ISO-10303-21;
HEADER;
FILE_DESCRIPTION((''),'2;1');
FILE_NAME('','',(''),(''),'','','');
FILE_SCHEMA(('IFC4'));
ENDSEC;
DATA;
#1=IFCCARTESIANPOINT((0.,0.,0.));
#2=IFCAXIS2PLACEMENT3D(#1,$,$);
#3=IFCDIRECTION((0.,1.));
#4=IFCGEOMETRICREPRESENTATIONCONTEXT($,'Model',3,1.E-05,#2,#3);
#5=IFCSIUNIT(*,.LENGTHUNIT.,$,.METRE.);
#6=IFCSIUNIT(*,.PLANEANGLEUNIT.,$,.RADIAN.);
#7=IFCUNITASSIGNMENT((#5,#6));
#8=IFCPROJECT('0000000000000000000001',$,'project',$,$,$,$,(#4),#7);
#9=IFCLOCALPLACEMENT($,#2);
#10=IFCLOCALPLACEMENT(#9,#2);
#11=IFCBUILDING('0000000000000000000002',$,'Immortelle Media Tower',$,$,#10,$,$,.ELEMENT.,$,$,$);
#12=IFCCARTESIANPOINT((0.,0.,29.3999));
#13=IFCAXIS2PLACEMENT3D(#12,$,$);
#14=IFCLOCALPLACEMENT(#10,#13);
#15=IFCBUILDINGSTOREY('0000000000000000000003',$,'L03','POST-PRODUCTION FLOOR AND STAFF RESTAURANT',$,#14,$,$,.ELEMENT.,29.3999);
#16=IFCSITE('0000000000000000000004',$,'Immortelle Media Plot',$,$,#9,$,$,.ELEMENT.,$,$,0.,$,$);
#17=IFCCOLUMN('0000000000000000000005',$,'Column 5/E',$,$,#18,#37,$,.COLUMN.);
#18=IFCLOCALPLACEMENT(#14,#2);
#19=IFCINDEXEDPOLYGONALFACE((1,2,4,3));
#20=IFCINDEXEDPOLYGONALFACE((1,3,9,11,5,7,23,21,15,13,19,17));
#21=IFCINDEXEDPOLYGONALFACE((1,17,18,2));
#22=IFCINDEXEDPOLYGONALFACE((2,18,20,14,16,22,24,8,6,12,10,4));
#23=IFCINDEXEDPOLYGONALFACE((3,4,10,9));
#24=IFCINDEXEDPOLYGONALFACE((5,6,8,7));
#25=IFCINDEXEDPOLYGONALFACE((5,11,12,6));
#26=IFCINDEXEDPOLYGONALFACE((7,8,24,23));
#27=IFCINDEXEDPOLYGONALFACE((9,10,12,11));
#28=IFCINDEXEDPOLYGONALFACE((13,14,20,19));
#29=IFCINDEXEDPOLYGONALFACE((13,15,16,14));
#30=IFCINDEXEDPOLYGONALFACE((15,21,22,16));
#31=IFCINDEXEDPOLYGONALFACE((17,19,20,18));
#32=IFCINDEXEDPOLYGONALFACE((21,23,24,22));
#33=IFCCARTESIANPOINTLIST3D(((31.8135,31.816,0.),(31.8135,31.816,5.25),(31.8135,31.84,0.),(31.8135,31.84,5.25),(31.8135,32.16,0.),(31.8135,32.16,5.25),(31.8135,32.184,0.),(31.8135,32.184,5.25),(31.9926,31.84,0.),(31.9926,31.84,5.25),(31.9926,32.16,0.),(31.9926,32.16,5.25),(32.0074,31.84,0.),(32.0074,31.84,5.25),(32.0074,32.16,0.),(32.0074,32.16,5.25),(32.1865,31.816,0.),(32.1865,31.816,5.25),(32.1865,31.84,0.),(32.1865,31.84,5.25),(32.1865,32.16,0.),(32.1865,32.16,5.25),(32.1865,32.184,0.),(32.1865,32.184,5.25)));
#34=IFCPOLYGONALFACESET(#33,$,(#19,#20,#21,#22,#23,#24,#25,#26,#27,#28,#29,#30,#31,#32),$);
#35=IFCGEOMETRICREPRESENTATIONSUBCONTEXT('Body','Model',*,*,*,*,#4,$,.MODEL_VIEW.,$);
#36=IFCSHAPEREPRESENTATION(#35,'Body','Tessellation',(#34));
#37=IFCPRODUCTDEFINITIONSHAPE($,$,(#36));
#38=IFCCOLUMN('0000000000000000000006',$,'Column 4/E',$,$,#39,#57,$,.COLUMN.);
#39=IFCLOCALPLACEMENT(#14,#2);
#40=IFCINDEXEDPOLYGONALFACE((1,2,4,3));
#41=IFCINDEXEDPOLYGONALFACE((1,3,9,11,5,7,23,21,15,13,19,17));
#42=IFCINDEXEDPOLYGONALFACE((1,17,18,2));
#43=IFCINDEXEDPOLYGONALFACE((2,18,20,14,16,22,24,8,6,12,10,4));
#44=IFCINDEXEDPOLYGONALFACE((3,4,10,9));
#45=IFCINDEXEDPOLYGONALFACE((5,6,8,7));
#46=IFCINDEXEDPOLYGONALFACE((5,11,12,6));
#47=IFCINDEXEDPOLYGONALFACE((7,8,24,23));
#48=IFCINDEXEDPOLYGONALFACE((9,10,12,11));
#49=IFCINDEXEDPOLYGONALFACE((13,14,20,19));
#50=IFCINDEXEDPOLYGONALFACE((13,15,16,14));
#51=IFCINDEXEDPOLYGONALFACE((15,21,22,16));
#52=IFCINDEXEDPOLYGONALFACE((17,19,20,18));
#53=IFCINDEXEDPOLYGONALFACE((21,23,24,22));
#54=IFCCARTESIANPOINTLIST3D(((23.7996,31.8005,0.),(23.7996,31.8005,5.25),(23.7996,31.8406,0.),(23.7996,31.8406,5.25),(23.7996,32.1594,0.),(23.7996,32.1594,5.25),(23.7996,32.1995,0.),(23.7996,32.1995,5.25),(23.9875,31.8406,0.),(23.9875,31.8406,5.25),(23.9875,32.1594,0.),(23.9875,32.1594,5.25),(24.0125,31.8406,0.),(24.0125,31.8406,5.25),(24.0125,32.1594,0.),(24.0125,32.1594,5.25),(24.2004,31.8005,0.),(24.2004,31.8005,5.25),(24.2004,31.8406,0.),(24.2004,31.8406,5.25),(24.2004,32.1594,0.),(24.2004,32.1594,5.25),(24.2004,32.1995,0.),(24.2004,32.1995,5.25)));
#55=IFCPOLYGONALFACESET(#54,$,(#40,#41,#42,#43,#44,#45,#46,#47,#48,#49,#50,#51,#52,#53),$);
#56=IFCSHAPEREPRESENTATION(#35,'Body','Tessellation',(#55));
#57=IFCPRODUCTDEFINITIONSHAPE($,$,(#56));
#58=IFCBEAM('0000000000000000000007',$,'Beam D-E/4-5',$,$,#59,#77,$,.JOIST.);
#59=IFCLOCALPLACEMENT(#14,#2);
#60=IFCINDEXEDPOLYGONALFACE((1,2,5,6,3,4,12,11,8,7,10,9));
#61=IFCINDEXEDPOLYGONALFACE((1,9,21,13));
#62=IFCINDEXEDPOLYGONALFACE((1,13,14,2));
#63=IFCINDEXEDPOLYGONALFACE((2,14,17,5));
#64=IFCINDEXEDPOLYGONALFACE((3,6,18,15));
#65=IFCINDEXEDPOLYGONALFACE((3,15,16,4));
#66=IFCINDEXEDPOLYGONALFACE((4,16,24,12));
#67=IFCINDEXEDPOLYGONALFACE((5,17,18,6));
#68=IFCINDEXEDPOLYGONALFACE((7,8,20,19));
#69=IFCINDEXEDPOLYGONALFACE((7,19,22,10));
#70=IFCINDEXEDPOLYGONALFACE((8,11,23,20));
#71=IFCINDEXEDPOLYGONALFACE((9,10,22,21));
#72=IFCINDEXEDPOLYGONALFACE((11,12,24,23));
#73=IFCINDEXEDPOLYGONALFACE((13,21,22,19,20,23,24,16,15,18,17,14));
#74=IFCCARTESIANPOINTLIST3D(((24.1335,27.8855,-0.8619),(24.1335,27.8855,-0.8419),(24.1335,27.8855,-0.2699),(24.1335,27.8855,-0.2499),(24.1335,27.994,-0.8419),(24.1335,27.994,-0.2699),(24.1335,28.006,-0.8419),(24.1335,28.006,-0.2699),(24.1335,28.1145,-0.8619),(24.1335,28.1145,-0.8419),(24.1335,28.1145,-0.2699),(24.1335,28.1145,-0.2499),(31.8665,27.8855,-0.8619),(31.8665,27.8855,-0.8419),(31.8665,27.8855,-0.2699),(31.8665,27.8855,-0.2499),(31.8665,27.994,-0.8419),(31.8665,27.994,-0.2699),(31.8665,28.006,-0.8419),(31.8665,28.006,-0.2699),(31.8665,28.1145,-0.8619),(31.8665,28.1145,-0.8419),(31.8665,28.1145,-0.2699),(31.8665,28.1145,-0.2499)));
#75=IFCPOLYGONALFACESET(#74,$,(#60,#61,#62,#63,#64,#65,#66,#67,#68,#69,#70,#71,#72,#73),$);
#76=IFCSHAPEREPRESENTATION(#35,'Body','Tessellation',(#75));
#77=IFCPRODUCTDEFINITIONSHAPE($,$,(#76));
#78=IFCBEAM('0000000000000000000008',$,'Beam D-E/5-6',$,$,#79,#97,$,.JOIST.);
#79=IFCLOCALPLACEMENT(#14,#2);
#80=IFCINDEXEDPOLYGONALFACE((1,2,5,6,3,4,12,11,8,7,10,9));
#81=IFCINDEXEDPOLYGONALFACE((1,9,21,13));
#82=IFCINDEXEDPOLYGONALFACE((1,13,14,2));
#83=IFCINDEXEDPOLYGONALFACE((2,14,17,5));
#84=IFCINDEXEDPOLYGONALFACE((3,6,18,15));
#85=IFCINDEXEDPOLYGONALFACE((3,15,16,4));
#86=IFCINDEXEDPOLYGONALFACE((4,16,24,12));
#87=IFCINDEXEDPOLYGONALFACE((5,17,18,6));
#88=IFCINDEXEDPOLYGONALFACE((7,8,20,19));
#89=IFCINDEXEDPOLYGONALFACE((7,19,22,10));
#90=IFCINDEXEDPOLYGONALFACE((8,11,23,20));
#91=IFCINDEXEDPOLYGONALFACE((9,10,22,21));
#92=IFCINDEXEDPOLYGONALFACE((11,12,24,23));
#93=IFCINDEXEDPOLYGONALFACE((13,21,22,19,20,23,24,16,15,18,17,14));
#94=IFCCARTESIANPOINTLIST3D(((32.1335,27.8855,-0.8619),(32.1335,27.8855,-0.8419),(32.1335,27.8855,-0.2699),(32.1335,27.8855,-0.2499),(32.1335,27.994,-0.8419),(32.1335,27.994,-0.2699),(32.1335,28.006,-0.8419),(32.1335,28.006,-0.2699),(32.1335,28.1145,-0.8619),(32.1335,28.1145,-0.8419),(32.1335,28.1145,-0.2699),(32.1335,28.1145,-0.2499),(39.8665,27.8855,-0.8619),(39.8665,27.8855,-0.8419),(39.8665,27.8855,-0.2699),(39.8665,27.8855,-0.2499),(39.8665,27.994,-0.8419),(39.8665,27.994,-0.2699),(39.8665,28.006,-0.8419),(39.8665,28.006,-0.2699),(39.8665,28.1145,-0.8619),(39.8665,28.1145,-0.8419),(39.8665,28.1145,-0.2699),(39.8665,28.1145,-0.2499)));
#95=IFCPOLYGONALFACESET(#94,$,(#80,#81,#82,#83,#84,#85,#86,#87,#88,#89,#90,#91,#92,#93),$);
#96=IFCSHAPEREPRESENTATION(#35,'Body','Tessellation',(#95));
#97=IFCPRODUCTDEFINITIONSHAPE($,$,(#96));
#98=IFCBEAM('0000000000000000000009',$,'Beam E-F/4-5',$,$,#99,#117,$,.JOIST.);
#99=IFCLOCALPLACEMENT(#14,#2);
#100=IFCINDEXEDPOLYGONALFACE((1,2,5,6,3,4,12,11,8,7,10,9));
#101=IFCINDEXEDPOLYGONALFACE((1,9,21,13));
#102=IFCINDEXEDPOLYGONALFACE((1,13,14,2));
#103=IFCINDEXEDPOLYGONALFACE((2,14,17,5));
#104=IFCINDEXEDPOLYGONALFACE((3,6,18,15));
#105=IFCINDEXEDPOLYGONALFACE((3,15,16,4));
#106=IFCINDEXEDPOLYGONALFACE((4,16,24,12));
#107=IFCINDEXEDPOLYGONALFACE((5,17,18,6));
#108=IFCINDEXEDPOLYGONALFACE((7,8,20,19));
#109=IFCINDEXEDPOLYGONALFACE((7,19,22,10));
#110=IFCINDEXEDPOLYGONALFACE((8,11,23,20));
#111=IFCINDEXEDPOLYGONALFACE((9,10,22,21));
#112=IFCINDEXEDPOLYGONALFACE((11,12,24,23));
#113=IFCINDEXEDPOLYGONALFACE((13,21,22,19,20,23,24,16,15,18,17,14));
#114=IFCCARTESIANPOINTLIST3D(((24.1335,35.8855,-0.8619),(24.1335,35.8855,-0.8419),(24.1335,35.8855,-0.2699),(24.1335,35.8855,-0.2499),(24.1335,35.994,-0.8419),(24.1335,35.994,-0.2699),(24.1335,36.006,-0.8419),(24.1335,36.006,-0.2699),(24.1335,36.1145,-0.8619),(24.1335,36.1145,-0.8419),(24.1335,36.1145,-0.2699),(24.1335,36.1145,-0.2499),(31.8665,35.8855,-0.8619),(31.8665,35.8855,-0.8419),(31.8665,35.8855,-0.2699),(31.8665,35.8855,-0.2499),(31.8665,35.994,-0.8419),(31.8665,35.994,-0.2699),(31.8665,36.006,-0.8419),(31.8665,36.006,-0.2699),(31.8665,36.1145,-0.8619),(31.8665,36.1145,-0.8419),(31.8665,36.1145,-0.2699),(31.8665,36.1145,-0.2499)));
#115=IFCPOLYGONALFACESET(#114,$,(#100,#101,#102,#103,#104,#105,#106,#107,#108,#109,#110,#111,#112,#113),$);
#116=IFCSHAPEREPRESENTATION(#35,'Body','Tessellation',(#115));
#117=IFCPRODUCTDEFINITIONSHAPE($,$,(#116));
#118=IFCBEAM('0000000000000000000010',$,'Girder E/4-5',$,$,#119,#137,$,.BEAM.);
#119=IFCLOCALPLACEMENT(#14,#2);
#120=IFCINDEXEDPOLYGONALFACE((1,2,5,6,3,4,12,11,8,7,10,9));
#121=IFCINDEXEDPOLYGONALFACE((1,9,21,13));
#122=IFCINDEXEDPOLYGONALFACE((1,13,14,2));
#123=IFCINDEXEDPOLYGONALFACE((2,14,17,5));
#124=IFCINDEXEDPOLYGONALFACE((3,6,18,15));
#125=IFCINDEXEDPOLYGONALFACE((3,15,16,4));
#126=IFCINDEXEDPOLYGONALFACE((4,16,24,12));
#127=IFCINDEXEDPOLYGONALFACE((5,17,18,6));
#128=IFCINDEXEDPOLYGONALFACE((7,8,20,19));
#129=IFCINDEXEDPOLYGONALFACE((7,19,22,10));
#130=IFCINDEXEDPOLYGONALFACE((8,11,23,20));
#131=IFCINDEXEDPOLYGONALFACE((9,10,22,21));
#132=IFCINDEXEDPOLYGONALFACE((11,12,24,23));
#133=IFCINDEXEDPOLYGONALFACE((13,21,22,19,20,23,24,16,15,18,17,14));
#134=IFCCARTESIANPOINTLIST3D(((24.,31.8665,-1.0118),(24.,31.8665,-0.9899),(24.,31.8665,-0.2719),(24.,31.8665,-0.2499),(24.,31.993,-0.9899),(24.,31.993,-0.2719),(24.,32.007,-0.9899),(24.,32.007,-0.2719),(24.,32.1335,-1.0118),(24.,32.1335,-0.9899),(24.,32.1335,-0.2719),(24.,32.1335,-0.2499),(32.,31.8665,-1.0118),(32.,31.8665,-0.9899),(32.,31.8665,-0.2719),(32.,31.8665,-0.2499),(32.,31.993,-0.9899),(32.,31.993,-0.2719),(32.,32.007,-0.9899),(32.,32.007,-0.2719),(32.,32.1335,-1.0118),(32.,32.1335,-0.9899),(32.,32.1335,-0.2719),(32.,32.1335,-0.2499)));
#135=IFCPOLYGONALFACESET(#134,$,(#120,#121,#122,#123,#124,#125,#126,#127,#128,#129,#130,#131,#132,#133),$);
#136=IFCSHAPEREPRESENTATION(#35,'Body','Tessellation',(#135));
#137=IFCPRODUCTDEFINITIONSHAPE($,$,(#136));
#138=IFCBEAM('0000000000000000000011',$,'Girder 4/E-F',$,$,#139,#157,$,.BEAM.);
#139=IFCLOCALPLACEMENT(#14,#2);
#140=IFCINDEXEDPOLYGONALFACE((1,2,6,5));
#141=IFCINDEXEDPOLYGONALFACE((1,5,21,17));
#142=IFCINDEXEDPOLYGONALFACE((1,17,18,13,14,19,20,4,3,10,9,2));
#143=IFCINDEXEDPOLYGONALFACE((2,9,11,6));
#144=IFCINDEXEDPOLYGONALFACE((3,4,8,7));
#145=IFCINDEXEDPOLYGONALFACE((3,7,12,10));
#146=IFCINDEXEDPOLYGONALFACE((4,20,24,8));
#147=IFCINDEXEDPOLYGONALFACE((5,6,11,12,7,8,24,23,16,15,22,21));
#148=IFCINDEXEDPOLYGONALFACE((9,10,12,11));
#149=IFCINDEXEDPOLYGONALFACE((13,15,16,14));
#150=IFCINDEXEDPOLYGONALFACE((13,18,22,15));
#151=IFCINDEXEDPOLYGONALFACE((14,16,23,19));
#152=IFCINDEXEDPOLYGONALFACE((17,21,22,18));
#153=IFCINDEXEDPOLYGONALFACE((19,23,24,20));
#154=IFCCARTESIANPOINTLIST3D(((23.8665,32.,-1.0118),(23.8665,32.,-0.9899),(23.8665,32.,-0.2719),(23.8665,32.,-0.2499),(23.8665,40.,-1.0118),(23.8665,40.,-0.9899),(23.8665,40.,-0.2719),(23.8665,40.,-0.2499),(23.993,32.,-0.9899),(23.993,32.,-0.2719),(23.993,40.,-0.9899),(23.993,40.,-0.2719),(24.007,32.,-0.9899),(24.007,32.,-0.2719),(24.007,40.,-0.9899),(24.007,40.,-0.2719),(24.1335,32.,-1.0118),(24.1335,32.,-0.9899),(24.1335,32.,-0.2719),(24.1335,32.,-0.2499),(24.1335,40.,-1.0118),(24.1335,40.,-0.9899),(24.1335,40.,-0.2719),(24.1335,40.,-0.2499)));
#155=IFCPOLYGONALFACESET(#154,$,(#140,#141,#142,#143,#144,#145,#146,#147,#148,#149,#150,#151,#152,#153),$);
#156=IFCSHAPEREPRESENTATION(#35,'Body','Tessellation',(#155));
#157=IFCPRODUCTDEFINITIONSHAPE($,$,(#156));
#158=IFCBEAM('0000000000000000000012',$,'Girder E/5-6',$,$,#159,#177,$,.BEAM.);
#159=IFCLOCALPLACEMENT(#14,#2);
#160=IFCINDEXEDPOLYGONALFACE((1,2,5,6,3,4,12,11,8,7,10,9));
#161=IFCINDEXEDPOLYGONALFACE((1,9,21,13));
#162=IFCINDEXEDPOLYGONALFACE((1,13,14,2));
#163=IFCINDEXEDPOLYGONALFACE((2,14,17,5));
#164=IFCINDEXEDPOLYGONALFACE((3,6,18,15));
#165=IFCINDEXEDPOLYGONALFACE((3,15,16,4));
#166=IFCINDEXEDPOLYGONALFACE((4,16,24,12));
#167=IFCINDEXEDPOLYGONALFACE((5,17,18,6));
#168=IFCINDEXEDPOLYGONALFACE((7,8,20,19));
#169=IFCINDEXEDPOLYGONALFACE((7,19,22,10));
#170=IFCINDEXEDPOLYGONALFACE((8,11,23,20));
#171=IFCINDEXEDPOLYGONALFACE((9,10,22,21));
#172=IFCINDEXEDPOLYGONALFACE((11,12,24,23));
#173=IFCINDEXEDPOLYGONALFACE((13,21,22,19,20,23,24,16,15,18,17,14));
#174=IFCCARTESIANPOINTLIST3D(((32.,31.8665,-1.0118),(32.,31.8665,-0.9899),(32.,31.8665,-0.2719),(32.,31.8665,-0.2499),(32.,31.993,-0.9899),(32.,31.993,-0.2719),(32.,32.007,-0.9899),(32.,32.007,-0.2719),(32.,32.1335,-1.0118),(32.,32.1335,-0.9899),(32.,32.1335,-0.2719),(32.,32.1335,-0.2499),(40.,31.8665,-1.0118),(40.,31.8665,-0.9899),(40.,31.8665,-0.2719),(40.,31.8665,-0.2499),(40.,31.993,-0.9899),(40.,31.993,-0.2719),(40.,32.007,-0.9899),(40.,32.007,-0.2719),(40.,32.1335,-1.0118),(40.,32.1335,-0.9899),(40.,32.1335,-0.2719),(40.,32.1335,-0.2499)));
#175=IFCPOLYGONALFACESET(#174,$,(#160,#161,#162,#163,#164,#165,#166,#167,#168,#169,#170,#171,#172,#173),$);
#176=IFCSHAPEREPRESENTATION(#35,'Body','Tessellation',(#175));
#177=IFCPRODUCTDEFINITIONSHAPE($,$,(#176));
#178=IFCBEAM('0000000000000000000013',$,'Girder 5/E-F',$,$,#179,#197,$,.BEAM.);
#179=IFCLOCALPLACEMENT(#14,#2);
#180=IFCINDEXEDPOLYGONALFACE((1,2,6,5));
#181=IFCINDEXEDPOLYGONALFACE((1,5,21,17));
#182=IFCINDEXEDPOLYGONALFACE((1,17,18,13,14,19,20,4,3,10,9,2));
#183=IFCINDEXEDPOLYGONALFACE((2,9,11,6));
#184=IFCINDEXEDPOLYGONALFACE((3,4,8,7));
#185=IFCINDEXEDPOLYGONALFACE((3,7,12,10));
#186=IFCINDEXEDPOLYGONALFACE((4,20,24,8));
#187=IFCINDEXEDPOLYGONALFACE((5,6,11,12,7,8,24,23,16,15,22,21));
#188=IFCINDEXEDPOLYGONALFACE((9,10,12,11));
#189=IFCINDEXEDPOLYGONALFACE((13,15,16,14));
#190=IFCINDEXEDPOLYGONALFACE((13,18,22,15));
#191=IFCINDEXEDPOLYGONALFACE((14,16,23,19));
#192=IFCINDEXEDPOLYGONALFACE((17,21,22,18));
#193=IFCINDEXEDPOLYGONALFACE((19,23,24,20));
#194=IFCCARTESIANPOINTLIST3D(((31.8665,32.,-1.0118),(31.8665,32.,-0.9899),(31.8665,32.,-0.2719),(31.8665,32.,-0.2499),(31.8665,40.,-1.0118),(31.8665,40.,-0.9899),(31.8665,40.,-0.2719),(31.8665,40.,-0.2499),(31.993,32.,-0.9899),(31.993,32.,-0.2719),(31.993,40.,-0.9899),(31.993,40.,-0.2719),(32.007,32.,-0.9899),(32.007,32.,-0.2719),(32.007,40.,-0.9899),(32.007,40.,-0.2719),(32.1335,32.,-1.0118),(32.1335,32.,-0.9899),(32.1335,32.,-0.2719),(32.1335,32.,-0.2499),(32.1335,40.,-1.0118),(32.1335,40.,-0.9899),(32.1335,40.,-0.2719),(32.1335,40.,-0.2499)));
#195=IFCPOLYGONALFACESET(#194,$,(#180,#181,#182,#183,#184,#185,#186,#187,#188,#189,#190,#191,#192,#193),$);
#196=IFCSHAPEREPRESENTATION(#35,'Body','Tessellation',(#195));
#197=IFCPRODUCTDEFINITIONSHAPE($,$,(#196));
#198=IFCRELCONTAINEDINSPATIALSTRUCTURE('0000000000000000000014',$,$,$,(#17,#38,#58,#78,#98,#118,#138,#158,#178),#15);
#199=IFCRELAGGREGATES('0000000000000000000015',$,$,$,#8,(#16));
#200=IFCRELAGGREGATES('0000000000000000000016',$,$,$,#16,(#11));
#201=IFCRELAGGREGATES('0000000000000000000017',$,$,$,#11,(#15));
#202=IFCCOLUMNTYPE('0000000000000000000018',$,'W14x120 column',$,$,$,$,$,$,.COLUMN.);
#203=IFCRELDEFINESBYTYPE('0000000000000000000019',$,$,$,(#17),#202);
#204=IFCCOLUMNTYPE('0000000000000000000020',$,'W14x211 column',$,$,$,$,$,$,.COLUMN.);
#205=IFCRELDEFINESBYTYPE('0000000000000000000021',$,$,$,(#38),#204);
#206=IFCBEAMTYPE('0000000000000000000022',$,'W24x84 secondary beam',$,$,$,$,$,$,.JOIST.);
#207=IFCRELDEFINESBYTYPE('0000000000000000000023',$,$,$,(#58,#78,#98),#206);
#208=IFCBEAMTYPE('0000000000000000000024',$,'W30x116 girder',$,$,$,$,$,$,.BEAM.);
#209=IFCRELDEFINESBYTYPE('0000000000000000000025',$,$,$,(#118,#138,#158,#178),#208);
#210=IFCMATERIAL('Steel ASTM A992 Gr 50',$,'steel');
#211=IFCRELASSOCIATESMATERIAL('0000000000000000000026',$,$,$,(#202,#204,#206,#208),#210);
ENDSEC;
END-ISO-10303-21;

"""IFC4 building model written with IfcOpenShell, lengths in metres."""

from ifc_helpers import new_model, si_unit, direction, frame, origin, origin_2d, place, context, subcontext, project, spatial, i_section, extrude, material, material_profile, profile_set, type_object, element, save


model = new_model("IFC4")

# Units and contexts
model_context = context("Model", 3, precision=1e-05, world=origin(), true_north=direction((0.0, 1.0)))
body_context = subcontext(model_context, "Body", "Model", "MODEL_VIEW")
ifc_project = project(units=[si_unit("LENGTHUNIT", "METRE"), si_unit("PLANEANGLEUNIT", "RADIAN")], contexts=[model_context])

# Site, building, storey
site_placement = place(None, origin())
site = spatial("IfcSite", under=ifc_project, at=site_placement, Name="Immortelle Media Plot", CompositionType="ELEMENT", RefElevation=0.0)
building_placement = place(site_placement, origin())
building = spatial("IfcBuilding", under=site, at=building_placement, Name="Immortelle Media Tower", CompositionType="ELEMENT")
storey_placement = place(building_placement, frame((0.0, 0.0, 29.3999)))
storey = spatial("IfcBuildingStorey", under=building, at=storey_placement, Name="L03", Description="POST-PRODUCTION FLOOR AND STAFF RESTAURANT", CompositionType="ELEMENT", Elevation=29.3999)

# Columns
ifc_material_1 = material(Name="Steel ASTM A992 Gr 50", Category="steel")
ifc_material_profile_1 = material_profile(ifc_material_1, i_section(OverallWidth=0.373, OverallDepth=0.3679, WebThickness=0.0149, FlangeThickness=0.0239, at=origin_2d()), Name="W14x120")
ifc_profile_set_1 = profile_set([ifc_material_profile_1], Name="Steel ASTM A992 Gr 50")
column_type_1 = type_object("IfcColumnType", Name="W14x120 column", PredefinedType="COLUMN", material=ifc_profile_set_1)
column_1_placement = place(storey_placement, frame((32.0, 32.0, 0.0), z_axis=(0.0, 0.0, 1.0), x_axis=(1.0, 0.0, 0.0)))
element("IfcColumn", 1, at=column_1_placement, inside=storey, type_object=column_type_1, Name="Column 5/E", PredefinedType="COLUMN", context=body_context, shape_type="SweptSolid", body=[
    extrude(i_section(OverallWidth=0.373, OverallDepth=0.3679, WebThickness=0.0149, FlangeThickness=0.0239, at=origin_2d()), origin(), (0.0, 0.0, 1.0), 5.25),
])
ifc_material_profile_2 = material_profile(ifc_material_1, i_section(OverallWidth=0.4009, OverallDepth=0.3989, WebThickness=0.0249, FlangeThickness=0.04, at=origin_2d()), Name="W14x211")
ifc_profile_set_2 = profile_set([ifc_material_profile_2], Name="Steel ASTM A992 Gr 50")
column_type_2 = type_object("IfcColumnType", Name="W14x211 column", PredefinedType="COLUMN", material=ifc_profile_set_2)
column_2_placement = place(storey_placement, frame((24.0, 32.0, 0.0), z_axis=(0.0, 0.0, 1.0), x_axis=(1.0, 0.0, 0.0)))
element("IfcColumn", 2, at=column_2_placement, inside=storey, type_object=column_type_2, Name="Column 4/E", PredefinedType="COLUMN", context=body_context, shape_type="SweptSolid", body=[
    extrude(i_section(OverallWidth=0.4009, OverallDepth=0.3989, WebThickness=0.0249, FlangeThickness=0.04, at=origin_2d()), origin(), (0.0, 0.0, 1.0), 5.25),
])

# Beams
ifc_material_profile_3 = material_profile(ifc_material_1, i_section(OverallWidth=0.229, OverallDepth=0.6121, WebThickness=0.012, FlangeThickness=0.02, at=origin_2d()), Name="W24x84")
ifc_profile_set_3 = profile_set([ifc_material_profile_3], Name="Steel ASTM A992 Gr 50")
beam_type_1 = type_object("IfcBeamType", Name="W24x84 secondary beam", PredefinedType="JOIST", material=ifc_profile_set_3)
for number, where, z_axis, x_axis, name in (
    (3, (24.1335, 28.0, -0.5559), (1.0, 0.0, 0.0), (0.0, 1.0, 0.0), "Beam D-E/4-5"),
    (4, (32.1335, 28.0, -0.5559), (1.0, 0.0, 0.0), (0.0, 1.0, 0.0), "Beam D-E/5-6"),
    (5, (24.1335, 36.0, -0.5559), (1.0, 0.0, 0.0), (0.0, 1.0, 0.0), "Beam E-F/4-5"),
):
    element("IfcBeam", number, at=place(storey_placement, frame(where, z_axis=z_axis, x_axis=x_axis)), inside=storey, type_object=beam_type_1, Name=name, PredefinedType="JOIST", context=body_context, shape_type="SweptSolid", body=[
        extrude(i_section(OverallWidth=0.229, OverallDepth=0.6121, WebThickness=0.012, FlangeThickness=0.02, at=origin_2d()), origin(), (0.0, 0.0, 1.0), 7.7329),
    ])
ifc_material_profile_4 = material_profile(ifc_material_1, i_section(OverallWidth=0.2671, OverallDepth=0.762, WebThickness=0.0139, FlangeThickness=0.022, at=origin_2d()), Name="W30x116")
ifc_profile_set_4 = profile_set([ifc_material_profile_4], Name="Steel ASTM A992 Gr 50")
beam_type_2 = type_object("IfcBeamType", Name="W30x116 girder", PredefinedType="BEAM", material=ifc_profile_set_4)
for number, where, z_axis, x_axis, name in (
    (6, (24.0, 32.0, -0.6309), (1.0, 0.0, 0.0), (0.0, 1.0, 0.0), "Girder E/4-5"),
    (7, (24.0, 32.0, -0.6309), (0.0, 1.0, 0.0), (-1.0, 0.0, 0.0), "Girder 4/E-F"),
    (8, (32.0, 32.0, -0.6309), (1.0, 0.0, 0.0), (0.0, 1.0, 0.0), "Girder E/5-6"),
    (9, (32.0, 32.0, -0.6309), (0.0, 1.0, 0.0), (-1.0, 0.0, 0.0), "Girder 5/E-F"),
):
    element("IfcBeam", number, at=place(storey_placement, frame(where, z_axis=z_axis, x_axis=x_axis)), inside=storey, type_object=beam_type_2, Name=name, PredefinedType="BEAM", context=body_context, shape_type="SweptSolid", body=[
        extrude(i_section(OverallWidth=0.2671, OverallDepth=0.762, WebThickness=0.0139, FlangeThickness=0.022, at=origin_2d()), origin(), (0.0, 0.0, 1.0), 8.0),
    ])

save(model, "model.ifc")
